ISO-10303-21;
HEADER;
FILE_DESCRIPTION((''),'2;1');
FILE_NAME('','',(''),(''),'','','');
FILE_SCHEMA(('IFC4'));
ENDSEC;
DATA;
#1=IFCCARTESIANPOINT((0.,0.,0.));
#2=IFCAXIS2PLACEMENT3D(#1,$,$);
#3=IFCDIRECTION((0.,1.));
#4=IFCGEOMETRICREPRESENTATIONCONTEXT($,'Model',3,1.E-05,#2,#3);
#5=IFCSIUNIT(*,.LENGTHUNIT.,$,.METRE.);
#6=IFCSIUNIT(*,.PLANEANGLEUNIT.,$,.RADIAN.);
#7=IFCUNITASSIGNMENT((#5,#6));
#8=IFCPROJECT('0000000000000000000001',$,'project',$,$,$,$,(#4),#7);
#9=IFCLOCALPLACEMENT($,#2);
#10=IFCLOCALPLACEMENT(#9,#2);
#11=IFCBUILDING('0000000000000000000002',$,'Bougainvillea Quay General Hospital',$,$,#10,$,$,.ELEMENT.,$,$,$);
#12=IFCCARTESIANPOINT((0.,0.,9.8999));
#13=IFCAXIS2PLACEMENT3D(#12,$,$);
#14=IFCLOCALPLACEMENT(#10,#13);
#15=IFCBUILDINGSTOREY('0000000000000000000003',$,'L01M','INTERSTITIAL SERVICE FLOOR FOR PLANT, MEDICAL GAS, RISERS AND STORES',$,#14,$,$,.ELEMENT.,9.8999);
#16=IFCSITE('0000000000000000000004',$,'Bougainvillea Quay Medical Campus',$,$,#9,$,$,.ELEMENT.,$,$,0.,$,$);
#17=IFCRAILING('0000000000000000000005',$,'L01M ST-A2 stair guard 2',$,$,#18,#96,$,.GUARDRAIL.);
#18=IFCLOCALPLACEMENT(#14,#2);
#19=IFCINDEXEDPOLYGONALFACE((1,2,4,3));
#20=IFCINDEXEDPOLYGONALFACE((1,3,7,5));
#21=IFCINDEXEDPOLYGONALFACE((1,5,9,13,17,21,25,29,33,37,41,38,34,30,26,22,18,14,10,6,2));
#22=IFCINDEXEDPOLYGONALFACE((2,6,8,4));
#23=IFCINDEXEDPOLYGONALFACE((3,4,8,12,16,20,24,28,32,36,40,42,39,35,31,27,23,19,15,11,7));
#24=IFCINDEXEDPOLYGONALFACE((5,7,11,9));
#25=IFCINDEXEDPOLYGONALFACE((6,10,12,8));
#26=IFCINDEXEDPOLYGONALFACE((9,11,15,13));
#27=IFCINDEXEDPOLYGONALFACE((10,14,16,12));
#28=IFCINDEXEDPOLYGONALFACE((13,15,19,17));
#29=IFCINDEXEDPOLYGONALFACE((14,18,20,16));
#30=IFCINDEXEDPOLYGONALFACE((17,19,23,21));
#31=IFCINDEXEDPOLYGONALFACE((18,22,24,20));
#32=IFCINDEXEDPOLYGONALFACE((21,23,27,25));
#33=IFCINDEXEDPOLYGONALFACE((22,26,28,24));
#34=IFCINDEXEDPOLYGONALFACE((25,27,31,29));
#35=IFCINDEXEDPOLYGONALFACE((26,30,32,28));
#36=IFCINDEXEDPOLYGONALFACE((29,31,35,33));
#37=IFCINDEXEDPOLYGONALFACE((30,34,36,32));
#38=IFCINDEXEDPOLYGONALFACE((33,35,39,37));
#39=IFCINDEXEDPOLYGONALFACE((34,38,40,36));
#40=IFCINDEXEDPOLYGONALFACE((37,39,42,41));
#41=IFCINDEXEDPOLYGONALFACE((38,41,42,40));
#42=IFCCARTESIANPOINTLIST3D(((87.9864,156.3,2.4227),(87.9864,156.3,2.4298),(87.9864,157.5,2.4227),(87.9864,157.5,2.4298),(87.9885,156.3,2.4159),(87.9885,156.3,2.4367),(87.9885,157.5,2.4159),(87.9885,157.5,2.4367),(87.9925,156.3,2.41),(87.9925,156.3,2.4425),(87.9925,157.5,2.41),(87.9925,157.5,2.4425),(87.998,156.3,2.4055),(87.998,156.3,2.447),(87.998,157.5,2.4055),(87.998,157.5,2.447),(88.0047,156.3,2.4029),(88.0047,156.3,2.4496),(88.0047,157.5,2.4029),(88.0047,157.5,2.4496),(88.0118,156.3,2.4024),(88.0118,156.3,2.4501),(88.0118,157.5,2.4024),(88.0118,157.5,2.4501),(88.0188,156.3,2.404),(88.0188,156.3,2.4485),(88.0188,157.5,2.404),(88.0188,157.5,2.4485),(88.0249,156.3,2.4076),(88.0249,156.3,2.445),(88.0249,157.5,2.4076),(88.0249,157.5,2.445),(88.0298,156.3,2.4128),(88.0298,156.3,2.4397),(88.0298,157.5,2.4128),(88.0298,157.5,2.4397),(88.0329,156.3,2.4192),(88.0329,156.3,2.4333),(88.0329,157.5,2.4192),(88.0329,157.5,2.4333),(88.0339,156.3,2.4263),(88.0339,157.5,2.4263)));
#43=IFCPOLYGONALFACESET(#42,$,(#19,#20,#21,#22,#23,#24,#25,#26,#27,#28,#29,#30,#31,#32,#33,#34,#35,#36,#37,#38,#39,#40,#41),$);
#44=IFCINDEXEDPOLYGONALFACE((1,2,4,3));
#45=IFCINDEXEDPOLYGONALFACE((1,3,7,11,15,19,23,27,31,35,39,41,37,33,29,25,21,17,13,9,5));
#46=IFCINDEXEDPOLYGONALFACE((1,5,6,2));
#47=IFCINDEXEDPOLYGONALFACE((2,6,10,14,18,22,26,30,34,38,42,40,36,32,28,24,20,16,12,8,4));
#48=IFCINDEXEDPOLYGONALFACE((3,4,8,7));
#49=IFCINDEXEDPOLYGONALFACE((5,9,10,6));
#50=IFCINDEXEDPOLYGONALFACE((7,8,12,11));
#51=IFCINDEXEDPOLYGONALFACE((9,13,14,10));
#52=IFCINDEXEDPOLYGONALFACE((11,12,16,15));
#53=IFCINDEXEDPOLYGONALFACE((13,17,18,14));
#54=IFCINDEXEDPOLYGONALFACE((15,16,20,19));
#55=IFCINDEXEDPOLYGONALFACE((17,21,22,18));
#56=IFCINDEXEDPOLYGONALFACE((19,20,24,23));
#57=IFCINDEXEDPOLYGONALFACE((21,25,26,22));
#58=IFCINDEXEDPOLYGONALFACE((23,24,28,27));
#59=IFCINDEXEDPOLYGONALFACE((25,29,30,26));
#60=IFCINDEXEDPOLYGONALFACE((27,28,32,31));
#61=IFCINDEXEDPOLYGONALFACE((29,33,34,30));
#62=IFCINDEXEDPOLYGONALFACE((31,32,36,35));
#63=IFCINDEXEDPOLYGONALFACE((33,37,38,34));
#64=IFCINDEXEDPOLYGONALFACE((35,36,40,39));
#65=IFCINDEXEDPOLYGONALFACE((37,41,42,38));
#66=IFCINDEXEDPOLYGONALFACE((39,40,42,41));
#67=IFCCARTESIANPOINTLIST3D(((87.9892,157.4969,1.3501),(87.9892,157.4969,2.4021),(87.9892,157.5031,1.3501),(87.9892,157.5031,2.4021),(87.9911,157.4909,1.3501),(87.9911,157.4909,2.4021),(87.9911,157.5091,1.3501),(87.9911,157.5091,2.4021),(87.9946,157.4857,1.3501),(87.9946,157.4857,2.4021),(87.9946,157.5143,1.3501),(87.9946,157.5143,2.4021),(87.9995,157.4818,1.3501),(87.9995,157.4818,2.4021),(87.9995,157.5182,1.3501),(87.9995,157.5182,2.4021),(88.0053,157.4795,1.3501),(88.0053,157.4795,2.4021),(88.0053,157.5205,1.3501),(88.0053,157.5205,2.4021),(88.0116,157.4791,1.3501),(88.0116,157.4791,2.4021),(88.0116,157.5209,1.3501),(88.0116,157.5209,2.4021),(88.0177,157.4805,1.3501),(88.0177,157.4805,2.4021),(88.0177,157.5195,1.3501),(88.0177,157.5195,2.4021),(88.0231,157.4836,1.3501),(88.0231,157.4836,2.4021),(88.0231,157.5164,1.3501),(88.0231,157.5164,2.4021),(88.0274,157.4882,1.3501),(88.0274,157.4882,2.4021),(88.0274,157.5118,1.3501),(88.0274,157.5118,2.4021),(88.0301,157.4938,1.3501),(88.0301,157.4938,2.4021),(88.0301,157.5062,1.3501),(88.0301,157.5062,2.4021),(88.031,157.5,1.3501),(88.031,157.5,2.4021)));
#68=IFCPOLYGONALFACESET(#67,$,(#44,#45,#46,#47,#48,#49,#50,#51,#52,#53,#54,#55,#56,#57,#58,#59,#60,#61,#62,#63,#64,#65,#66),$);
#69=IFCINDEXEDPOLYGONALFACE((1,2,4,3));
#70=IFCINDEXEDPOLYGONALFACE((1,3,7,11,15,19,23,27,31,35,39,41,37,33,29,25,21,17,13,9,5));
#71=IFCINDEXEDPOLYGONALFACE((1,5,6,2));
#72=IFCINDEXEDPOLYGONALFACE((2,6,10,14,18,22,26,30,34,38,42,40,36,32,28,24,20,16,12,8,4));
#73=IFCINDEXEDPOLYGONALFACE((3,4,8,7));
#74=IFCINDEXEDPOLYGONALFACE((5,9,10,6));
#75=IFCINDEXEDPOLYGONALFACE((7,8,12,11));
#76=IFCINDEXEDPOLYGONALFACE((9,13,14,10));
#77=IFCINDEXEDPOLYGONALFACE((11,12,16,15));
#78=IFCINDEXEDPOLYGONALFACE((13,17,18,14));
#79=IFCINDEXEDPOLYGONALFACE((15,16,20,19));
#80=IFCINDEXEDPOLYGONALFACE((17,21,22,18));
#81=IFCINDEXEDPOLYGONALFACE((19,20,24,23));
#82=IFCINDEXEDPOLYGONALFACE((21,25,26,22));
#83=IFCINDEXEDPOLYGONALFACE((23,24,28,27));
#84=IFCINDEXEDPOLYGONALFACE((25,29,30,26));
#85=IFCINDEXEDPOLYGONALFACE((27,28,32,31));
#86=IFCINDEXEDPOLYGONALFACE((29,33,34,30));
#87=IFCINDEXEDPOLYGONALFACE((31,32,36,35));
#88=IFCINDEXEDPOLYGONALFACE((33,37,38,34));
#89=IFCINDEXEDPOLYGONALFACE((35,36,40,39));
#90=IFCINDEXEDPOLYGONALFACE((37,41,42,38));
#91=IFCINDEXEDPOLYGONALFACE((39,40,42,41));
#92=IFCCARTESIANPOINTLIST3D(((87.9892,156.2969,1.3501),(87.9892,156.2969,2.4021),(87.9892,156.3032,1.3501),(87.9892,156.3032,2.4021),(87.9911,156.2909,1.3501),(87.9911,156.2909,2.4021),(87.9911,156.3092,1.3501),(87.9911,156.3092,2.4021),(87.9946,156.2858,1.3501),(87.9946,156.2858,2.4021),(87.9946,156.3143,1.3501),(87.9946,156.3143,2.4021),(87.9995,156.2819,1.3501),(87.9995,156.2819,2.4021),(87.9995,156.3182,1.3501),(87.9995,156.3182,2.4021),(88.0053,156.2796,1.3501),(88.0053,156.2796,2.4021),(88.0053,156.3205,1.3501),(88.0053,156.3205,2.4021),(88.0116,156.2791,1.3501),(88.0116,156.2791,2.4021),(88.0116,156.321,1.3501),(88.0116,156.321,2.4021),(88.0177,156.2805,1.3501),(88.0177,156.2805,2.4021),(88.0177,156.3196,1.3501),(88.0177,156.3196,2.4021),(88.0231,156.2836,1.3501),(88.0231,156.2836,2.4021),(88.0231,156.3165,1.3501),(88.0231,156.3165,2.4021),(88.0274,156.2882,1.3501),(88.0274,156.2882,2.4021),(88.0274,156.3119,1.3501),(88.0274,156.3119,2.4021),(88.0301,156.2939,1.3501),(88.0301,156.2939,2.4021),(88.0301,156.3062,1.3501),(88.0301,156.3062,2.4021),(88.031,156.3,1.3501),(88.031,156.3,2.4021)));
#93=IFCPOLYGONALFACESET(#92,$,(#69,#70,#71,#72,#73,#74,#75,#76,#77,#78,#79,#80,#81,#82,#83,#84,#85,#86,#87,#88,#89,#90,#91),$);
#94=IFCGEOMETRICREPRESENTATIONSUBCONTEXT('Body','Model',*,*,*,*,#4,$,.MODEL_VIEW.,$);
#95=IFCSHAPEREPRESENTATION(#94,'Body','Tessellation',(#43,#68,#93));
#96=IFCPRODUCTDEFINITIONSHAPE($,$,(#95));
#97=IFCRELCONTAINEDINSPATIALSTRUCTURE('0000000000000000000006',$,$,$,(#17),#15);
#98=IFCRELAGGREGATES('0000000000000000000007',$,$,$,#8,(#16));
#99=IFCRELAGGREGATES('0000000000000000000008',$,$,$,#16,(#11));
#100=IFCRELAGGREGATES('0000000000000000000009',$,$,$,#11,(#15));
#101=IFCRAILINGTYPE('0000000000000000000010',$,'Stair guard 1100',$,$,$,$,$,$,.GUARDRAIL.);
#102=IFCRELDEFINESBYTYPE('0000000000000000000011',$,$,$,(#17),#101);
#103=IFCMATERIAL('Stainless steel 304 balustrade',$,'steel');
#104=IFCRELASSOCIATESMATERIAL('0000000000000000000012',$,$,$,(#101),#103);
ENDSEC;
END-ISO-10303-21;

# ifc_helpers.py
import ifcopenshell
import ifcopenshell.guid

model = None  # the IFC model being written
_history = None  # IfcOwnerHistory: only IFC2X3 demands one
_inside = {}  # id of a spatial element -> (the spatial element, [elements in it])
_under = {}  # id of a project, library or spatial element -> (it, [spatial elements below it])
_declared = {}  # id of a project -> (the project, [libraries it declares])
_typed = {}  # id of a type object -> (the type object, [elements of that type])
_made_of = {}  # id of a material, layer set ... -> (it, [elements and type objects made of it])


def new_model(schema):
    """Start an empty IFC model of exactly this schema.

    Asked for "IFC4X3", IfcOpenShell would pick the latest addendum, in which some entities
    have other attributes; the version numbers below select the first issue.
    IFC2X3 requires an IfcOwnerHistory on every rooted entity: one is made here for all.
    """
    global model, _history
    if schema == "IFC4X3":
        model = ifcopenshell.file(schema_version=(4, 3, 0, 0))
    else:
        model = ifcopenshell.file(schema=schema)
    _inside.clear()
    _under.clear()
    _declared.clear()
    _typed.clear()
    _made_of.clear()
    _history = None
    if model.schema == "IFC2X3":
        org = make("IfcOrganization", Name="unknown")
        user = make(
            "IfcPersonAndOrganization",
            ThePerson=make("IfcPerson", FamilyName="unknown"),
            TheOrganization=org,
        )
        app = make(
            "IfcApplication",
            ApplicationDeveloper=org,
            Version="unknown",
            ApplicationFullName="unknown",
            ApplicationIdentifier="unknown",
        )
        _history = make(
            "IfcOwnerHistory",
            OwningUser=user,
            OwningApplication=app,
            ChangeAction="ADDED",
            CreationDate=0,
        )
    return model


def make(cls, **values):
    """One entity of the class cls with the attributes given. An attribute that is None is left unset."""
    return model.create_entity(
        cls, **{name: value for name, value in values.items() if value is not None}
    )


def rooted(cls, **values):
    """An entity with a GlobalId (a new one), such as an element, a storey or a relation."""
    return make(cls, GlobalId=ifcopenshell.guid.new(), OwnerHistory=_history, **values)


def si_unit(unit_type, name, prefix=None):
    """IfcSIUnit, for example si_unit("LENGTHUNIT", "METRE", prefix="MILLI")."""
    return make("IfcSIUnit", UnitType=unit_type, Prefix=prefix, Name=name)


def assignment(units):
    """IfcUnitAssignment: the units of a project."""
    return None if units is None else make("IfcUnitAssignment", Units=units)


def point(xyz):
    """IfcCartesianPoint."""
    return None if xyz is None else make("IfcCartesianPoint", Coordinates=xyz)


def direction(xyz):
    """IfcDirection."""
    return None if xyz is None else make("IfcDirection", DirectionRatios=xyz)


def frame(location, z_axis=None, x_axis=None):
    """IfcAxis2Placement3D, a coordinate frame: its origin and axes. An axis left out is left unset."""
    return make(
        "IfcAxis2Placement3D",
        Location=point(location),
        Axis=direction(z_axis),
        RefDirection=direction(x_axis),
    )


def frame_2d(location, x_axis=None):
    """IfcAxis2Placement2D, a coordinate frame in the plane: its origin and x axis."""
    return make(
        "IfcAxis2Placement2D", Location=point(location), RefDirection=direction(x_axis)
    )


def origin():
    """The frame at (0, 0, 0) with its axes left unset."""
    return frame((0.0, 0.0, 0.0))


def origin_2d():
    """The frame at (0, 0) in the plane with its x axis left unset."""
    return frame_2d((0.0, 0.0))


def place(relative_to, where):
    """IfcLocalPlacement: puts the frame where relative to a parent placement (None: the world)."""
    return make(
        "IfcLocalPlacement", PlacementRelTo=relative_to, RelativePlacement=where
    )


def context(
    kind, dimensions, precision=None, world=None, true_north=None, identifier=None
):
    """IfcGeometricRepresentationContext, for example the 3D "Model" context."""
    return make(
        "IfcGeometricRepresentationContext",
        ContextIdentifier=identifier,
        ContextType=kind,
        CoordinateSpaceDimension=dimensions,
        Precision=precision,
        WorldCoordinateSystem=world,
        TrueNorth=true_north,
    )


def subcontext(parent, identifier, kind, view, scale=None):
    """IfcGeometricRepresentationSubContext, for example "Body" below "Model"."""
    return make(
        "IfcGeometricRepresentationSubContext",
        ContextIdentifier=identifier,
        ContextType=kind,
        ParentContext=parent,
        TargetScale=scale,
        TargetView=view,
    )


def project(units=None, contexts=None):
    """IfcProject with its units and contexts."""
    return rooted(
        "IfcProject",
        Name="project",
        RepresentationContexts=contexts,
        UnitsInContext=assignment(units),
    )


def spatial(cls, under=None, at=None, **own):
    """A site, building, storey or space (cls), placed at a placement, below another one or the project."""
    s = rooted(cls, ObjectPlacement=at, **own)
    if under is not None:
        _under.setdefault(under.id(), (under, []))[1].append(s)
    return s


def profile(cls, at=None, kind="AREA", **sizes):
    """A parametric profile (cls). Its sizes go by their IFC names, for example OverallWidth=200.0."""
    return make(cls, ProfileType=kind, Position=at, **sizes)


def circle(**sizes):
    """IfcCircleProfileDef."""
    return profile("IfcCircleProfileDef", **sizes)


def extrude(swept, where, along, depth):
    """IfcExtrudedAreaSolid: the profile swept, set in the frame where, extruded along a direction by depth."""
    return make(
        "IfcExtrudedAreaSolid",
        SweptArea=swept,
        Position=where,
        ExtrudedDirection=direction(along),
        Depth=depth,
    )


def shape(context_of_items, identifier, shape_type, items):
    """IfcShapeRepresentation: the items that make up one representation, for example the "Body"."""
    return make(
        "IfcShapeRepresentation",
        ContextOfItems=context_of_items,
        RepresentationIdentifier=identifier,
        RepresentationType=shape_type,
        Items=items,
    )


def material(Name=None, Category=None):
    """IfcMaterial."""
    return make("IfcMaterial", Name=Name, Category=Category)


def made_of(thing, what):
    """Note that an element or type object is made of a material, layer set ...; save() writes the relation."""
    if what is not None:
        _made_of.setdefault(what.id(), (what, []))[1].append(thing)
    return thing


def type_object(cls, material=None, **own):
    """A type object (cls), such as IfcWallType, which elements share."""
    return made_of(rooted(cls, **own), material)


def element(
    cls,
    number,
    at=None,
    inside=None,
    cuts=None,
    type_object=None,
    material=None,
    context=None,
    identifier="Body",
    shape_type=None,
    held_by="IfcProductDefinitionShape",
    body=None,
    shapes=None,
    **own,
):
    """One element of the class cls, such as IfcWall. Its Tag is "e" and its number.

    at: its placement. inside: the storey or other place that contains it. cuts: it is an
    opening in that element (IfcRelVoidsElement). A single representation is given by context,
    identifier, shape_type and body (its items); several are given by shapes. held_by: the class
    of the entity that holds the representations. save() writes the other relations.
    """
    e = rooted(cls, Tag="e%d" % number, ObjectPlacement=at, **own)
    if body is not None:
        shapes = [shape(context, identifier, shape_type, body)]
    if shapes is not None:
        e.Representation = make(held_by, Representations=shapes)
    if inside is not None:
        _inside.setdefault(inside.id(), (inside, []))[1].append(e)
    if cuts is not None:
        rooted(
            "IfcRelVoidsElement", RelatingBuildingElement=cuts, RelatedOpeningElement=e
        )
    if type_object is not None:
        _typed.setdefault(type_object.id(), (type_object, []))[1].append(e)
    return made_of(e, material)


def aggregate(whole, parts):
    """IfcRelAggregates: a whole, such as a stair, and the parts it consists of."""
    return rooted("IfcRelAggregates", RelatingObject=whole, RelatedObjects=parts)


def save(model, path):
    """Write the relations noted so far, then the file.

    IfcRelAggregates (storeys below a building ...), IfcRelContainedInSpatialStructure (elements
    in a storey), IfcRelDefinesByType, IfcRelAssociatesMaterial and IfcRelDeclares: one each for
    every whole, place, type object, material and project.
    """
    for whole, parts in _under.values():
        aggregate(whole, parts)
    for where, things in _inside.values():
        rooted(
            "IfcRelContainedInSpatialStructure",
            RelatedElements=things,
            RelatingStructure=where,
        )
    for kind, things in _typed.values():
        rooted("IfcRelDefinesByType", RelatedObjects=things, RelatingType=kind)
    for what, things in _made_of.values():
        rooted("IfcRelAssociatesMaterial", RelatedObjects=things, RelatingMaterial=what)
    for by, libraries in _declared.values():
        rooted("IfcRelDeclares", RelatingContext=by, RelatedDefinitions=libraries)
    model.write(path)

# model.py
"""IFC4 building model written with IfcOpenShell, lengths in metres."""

from ifc_helpers import new_model, si_unit, direction, frame, origin, origin_2d, place, context, subcontext, project, spatial, circle, extrude, material, type_object, element, save


model = new_model("IFC4")

# Units and contexts
model_context = context("Model", 3, precision=1e-05, world=origin(), true_north=direction((0.0, 1.0)))
body_context = subcontext(model_context, "Body", "Model", "MODEL_VIEW")
ifc_project = project(units=[si_unit("LENGTHUNIT", "METRE"), si_unit("PLANEANGLEUNIT", "RADIAN")], contexts=[model_context])

# Site, building, storey
site_placement = place(None, origin())
site = spatial("IfcSite", under=ifc_project, at=site_placement, Name="Bougainvillea Quay Medical Campus", CompositionType="ELEMENT", RefElevation=0.0)
building_placement = place(site_placement, origin())
building = spatial("IfcBuilding", under=site, at=building_placement, Name="Bougainvillea Quay General Hospital", CompositionType="ELEMENT")
storey_placement = place(building_placement, frame((0.0, 0.0, 9.8999)))
storey = spatial("IfcBuildingStorey", under=building, at=storey_placement, Name="L01M", Description="INTERSTITIAL SERVICE FLOOR FOR PLANT, MEDICAL GAS, RISERS AND STORES", CompositionType="ELEMENT", Elevation=9.8999)

# Railing
ifc_material_1 = material(Name="Stainless steel 304 balustrade", Category="steel")
railing_type_1 = type_object("IfcRailingType", Name="Stair guard 1100", PredefinedType="GUARDRAIL", material=ifc_material_1)
railing_1_placement = place(storey_placement, frame((88.01, 157.5, 1.3501)))
element("IfcRailing", 1, at=railing_1_placement, inside=storey, type_object=railing_type_1, Name="L01M ST-A2 stair guard 2", PredefinedType="GUARDRAIL", context=body_context, shape_type="SweptSolid", body=[
    extrude(circle(Radius=0.0239, at=origin_2d()), frame((0.0, 0.0, 1.0762), z_axis=(0.0, -1.0, 0.0), x_axis=(1.0, 0.0, 0.0)), (0.0, 0.0, 1.0), 1.2),
    extrude(circle(Radius=0.021, at=origin_2d()), origin(), (0.0, 0.0, 1.0), 1.052),
    extrude(circle(Radius=0.021, at=origin_2d()), frame((0.0, -1.2, 0.0)), (0.0, 0.0, 1.0), 1.052),
])

save(model, "model.ifc")
